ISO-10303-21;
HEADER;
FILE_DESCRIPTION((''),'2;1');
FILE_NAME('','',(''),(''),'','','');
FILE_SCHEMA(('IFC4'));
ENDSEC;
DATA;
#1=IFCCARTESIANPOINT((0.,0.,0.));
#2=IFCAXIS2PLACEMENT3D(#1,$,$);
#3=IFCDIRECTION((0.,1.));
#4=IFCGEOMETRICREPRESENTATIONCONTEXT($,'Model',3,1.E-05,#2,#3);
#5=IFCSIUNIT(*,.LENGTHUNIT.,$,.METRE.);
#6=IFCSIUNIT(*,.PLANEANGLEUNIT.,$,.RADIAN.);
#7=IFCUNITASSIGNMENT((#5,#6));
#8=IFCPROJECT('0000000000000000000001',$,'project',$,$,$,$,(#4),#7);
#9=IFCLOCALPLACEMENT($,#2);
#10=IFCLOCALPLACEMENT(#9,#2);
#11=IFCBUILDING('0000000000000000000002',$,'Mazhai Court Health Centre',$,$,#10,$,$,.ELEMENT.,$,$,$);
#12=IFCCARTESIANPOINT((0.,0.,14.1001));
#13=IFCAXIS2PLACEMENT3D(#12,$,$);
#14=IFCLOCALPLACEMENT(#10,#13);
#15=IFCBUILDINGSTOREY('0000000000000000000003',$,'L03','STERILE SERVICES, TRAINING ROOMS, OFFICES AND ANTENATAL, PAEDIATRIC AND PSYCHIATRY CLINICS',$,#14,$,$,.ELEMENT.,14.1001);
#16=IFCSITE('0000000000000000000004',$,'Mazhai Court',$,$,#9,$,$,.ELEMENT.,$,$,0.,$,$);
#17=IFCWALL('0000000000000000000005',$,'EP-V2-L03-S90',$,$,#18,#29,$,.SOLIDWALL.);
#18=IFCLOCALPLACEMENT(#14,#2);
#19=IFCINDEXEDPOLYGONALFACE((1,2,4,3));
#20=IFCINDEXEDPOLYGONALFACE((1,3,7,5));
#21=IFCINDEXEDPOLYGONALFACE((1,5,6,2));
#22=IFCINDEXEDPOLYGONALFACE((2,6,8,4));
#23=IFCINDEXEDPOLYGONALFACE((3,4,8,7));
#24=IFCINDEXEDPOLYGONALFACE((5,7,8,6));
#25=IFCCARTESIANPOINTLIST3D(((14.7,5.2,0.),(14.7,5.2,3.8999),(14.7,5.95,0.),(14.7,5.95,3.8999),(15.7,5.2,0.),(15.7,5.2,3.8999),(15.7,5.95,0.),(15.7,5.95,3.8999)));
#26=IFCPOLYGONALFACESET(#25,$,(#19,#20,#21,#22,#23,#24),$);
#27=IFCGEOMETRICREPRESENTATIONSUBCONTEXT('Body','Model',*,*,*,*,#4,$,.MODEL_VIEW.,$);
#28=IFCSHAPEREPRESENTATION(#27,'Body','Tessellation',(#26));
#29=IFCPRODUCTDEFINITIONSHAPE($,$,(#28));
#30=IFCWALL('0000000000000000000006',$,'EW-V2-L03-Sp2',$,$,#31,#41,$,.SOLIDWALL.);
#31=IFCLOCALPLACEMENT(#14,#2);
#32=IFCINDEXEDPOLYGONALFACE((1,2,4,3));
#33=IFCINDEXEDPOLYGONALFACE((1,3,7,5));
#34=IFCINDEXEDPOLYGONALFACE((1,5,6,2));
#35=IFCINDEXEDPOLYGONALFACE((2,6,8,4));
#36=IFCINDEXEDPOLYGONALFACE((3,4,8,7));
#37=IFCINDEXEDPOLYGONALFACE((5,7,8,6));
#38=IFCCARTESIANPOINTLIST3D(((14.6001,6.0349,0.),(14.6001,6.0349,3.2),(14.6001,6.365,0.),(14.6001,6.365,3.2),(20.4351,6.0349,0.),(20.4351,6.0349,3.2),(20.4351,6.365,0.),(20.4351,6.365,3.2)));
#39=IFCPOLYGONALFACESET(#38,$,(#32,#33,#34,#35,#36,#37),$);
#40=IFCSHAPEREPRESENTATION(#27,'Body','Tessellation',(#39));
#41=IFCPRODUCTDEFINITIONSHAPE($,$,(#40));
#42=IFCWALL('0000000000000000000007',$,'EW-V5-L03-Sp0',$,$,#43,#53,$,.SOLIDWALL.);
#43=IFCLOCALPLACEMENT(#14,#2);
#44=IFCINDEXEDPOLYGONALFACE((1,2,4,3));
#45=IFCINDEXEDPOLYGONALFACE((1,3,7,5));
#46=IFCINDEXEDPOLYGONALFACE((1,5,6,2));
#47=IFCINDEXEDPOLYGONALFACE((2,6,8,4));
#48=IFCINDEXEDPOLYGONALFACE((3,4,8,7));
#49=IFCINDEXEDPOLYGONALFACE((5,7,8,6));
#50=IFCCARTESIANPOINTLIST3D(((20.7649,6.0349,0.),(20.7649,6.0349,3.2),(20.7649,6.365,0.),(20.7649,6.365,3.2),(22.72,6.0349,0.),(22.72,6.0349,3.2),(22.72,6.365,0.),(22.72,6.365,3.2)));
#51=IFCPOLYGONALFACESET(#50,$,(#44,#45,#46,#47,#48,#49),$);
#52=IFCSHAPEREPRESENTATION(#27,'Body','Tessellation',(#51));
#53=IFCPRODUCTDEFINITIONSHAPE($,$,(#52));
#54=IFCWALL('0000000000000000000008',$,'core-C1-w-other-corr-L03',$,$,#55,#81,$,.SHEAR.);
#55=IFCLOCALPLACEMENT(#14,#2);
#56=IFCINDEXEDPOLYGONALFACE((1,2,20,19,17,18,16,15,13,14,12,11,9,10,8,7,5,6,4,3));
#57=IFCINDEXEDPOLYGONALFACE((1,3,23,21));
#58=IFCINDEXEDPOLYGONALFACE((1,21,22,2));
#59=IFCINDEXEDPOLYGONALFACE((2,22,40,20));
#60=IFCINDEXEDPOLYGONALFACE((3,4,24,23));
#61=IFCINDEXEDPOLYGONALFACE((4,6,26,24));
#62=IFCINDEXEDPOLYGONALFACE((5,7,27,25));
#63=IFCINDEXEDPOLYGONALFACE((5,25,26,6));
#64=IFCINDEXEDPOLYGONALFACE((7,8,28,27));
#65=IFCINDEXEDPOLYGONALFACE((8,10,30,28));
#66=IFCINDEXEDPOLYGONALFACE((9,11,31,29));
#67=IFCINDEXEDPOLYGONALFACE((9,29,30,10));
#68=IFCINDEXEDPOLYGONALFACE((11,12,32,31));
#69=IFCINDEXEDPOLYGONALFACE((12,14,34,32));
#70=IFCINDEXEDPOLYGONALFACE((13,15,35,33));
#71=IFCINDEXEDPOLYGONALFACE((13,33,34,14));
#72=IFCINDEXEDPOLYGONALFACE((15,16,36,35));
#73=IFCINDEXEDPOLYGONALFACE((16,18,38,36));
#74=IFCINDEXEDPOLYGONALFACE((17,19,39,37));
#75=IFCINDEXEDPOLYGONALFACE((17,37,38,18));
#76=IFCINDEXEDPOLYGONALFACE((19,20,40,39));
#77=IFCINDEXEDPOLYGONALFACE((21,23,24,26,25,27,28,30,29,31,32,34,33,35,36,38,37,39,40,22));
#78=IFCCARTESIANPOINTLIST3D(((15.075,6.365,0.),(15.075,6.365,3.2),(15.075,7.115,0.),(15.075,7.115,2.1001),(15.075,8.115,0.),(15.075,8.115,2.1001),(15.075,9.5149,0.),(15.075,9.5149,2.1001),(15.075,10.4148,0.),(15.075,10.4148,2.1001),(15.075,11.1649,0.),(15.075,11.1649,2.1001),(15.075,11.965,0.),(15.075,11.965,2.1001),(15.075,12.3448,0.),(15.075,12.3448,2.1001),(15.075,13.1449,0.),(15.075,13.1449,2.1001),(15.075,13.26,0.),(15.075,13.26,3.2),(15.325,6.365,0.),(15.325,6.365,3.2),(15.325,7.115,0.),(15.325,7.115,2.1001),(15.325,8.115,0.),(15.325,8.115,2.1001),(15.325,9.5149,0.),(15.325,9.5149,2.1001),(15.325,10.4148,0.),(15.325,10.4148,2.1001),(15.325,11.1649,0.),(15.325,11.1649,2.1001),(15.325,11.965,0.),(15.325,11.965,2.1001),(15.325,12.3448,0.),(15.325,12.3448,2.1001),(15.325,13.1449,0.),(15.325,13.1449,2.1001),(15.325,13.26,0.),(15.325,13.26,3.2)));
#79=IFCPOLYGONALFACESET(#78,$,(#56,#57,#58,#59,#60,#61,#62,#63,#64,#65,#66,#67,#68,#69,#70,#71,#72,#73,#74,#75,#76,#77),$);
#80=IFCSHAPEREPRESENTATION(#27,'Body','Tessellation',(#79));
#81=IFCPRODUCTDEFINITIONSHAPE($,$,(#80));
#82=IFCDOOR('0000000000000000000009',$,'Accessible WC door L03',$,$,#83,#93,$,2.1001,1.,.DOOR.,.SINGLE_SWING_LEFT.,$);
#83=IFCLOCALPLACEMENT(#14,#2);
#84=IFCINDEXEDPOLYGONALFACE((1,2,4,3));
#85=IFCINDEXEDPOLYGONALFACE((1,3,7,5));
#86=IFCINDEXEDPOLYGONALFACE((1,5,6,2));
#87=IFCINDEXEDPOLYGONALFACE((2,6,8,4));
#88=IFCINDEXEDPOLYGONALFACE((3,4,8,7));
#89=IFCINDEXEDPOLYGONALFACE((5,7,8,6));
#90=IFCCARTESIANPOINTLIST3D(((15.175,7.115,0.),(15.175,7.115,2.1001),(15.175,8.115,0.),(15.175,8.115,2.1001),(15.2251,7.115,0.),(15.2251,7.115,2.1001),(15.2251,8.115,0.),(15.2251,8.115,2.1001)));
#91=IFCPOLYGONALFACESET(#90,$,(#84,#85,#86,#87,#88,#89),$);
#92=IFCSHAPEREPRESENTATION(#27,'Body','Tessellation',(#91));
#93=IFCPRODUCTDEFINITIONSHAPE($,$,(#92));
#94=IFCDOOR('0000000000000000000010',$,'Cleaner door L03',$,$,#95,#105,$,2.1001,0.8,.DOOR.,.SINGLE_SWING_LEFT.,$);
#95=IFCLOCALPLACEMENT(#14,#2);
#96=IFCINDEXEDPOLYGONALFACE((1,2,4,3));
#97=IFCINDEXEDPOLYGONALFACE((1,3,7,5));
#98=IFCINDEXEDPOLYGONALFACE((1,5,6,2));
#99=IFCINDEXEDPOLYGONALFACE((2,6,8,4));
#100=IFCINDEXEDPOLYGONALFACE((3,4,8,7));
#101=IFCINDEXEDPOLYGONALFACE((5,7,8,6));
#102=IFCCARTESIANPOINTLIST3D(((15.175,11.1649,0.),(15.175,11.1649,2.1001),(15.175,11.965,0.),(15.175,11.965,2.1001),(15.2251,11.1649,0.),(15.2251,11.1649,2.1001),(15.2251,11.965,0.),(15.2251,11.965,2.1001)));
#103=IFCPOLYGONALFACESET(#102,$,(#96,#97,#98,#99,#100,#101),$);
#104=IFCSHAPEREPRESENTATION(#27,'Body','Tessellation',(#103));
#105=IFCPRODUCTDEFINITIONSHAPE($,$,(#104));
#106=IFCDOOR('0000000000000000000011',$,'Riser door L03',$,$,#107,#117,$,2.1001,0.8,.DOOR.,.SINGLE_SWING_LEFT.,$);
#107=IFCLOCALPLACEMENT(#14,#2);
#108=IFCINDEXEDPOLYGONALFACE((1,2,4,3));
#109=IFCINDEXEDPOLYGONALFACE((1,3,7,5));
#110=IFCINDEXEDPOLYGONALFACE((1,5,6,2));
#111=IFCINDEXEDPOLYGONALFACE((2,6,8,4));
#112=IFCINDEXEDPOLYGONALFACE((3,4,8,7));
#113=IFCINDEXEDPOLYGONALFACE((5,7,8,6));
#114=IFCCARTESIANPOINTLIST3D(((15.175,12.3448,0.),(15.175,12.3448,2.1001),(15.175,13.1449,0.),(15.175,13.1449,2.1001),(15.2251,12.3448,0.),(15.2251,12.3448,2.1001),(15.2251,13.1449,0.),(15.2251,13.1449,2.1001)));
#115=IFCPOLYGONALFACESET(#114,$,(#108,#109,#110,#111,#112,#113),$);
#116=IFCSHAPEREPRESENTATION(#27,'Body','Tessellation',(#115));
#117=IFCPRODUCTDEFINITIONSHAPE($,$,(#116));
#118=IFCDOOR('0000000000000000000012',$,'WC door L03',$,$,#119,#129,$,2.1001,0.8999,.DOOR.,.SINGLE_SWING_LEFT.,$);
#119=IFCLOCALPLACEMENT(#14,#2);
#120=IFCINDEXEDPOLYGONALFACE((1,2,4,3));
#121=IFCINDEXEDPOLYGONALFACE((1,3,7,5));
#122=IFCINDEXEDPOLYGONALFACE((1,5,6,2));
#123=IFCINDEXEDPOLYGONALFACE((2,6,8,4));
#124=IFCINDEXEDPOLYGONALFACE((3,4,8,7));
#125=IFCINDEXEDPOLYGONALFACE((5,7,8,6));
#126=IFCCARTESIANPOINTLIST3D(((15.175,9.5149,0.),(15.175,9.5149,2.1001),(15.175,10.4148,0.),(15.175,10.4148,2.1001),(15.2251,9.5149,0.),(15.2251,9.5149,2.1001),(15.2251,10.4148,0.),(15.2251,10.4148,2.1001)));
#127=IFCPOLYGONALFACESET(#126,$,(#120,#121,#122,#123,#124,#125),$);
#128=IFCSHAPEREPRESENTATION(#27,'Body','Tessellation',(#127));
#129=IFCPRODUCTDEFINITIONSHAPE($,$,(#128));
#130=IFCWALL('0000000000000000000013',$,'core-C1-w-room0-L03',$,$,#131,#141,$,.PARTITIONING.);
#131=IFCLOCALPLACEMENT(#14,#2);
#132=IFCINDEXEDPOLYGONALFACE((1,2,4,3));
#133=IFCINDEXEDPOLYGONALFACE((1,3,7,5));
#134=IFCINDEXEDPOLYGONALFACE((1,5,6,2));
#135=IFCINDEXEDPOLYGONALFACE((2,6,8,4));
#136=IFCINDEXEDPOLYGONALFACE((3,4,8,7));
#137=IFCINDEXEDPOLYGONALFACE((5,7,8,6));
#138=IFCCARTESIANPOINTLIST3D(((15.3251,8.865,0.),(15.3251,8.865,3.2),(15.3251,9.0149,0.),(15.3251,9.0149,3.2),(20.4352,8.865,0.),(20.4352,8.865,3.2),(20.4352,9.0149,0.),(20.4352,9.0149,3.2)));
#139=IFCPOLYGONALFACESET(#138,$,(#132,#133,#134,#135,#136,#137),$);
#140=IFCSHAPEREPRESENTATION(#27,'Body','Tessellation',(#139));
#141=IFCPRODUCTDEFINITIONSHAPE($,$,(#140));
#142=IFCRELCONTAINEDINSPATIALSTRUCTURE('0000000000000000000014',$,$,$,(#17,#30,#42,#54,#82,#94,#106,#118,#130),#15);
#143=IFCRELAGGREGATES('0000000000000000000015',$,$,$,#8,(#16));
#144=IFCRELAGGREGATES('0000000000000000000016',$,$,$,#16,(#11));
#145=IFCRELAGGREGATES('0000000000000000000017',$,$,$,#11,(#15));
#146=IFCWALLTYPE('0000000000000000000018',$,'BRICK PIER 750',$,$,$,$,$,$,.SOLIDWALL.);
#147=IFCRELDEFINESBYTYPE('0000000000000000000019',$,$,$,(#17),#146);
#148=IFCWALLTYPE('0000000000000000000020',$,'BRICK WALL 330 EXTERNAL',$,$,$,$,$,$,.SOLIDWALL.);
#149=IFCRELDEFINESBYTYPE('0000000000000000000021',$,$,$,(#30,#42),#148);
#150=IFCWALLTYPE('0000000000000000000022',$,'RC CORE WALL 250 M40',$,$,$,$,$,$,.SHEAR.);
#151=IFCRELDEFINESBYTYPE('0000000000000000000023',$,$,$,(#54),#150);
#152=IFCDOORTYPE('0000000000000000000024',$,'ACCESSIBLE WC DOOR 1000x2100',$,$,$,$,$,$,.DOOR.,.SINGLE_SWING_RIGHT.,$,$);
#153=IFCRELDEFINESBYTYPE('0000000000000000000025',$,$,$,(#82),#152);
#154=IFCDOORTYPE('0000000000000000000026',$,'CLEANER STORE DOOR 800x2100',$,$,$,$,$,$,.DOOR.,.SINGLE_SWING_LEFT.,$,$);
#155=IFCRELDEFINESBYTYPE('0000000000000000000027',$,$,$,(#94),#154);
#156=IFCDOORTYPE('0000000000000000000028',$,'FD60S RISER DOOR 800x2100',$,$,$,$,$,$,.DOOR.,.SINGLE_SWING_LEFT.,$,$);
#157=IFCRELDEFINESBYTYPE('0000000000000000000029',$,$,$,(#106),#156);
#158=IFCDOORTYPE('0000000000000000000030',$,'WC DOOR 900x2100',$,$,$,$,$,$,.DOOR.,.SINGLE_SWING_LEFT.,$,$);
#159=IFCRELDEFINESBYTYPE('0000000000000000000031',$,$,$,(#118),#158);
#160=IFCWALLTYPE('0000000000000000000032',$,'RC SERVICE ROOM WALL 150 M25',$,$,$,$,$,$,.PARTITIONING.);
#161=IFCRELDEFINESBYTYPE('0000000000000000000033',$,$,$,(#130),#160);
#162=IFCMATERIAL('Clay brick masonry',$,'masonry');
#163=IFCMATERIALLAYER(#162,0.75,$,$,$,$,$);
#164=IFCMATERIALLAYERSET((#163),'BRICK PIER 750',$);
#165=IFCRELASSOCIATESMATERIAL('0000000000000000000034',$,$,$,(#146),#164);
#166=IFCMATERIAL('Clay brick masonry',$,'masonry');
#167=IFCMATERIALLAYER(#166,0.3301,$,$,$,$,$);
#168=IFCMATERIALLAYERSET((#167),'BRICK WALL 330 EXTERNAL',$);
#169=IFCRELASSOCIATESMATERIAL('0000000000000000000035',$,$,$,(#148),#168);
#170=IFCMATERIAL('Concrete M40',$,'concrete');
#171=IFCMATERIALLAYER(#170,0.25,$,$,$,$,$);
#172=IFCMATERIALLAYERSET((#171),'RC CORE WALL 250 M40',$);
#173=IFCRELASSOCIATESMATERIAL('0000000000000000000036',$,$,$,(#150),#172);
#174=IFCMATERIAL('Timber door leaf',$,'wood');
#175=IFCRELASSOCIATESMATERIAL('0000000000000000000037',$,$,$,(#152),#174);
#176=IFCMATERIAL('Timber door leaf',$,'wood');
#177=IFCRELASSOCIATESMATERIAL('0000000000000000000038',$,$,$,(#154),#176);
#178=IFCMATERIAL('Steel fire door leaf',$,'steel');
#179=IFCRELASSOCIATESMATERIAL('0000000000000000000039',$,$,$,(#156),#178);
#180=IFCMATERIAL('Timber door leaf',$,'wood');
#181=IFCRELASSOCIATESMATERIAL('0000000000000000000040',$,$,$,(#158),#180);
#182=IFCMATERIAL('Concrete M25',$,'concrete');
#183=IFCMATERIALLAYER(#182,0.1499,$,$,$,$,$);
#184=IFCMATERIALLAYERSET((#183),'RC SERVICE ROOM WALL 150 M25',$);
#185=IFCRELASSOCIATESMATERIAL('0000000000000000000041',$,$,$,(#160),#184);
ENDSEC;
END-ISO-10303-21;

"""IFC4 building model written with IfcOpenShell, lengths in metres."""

from ifc_helpers import new_model, si_unit, direction, frame, frame_2d, origin, place, context, subcontext, project, spatial, rectangle, extrude, material, layer, layer_set, type_object, element, fill, save


model = new_model("IFC4")

# Units and contexts
model_context = context("Model", 3, precision=1e-05, world=origin(), true_north=direction((0.0, 1.0)))
body_context = subcontext(model_context, "Body", "Model", "MODEL_VIEW")
ifc_project = project(units=[si_unit("LENGTHUNIT", "METRE"), si_unit("PLANEANGLEUNIT", "RADIAN")], contexts=[model_context])

# Site, building, storey
site_placement = place(None, origin())
site = spatial("IfcSite", under=ifc_project, at=site_placement, Name="Mazhai Court", CompositionType="ELEMENT", RefElevation=0.0)
building_placement = place(site_placement, origin())
building = spatial("IfcBuilding", under=site, at=building_placement, Name="Mazhai Court Health Centre", CompositionType="ELEMENT")
storey_placement = place(building_placement, frame((0.0, 0.0, 14.1001)))
storey = spatial("IfcBuildingStorey", under=building, at=storey_placement, Name="L03", Description="STERILE SERVICES, TRAINING ROOMS, OFFICES AND ANTENATAL, PAEDIATRIC AND PSYCHIATRY CLINICS", CompositionType="ELEMENT", Elevation=14.1001)

# Walls
ifc_material_1 = material(Name="Clay brick masonry", Category="masonry")
ifc_layer_1 = layer(ifc_material_1, 0.75)
ifc_layer_set_1 = layer_set([ifc_layer_1], Name="BRICK PIER 750")
wall_type_1 = type_object("IfcWallType", Name="BRICK PIER 750", PredefinedType="SOLIDWALL", material=ifc_layer_set_1)
wall_1_placement = place(storey_placement, frame((15.7, 5.575, 0.0), z_axis=(0.0, 0.0, 1.0), x_axis=(-1.0, 0.0, 0.0)))
element("IfcWall", 1, at=wall_1_placement, inside=storey, type_object=wall_type_1, Name="EP-V2-L03-S90", PredefinedType="SOLIDWALL", context=body_context, shape_type="SweptSolid", body=[
    extrude(rectangle(XDim=1.0, YDim=0.75, at=frame_2d((0.5, 0.0))), origin(), (0.0, 0.0, 1.0), 3.8999),
])
ifc_material_2 = material(Name="Clay brick masonry", Category="masonry")
ifc_layer_2 = layer(ifc_material_2, 0.3301)
ifc_layer_set_2 = layer_set([ifc_layer_2], Name="BRICK WALL 330 EXTERNAL")
wall_type_2 = type_object("IfcWallType", Name="BRICK WALL 330 EXTERNAL", PredefinedType="SOLIDWALL", material=ifc_layer_set_2)
wall_2_placement = place(storey_placement, frame((20.4351, 6.2, 0.0), z_axis=(0.0, 0.0, 1.0), x_axis=(-1.0, 0.0, 0.0)))
element("IfcWall", 2, at=wall_2_placement, inside=storey, type_object=wall_type_2, Name="EW-V2-L03-Sp2", PredefinedType="SOLIDWALL", context=body_context, shape_type="SweptSolid", body=[
    extrude(rectangle(XDim=5.835, YDim=0.3301, at=frame_2d((2.9175, 0.0))), origin(), (0.0, 0.0, 1.0), 3.2),
])
wall_3_placement = place(storey_placement, frame((22.72, 6.2, 0.0), z_axis=(0.0, 0.0, 1.0), x_axis=(-1.0, 0.0, 0.0)))
element("IfcWall", 3, at=wall_3_placement, inside=storey, type_object=wall_type_2, Name="EW-V5-L03-Sp0", PredefinedType="SOLIDWALL", context=body_context, shape_type="SweptSolid", body=[
    extrude(rectangle(XDim=1.9551, YDim=0.3301, at=frame_2d((0.9775, 0.0))), origin(), (0.0, 0.0, 1.0), 3.2),
])

# Wall, openings, doors
ifc_material_3 = material(Name="Concrete M40", Category="concrete")
ifc_layer_3 = layer(ifc_material_3, 0.25)
ifc_layer_set_3 = layer_set([ifc_layer_3], Name="RC CORE WALL 250 M40")
wall_type_3 = type_object("IfcWallType", Name="RC CORE WALL 250 M40", PredefinedType="SHEAR", material=ifc_layer_set_3)
wall_4_placement = place(storey_placement, frame((15.2, 6.365, 0.0), z_axis=(0.0, 0.0, 1.0), x_axis=(0.0, 1.0, 0.0)))
wall_4 = element("IfcWall", 4, at=wall_4_placement, inside=storey, type_object=wall_type_3, Name="core-C1-w-other-corr-L03", PredefinedType="SHEAR", context=body_context, shape_type="SweptSolid", body=[
    extrude(rectangle(XDim=6.895, YDim=0.25, at=frame_2d((3.4475, 0.0))), origin(), (0.0, 0.0, 1.0), 3.2),
])
opening_1_placement = place(wall_4_placement, frame((0.75, 0.0, 0.0)))
opening_1 = element("IfcOpeningElement", 5, at=opening_1_placement, cuts=wall_4, PredefinedType="OPENING", context=body_context, shape_type="SweptSolid", body=[
    extrude(rectangle(XDim=1.0, YDim=2.1001, at=frame_2d((0.5, 1.05))), frame((0.0, 0.135, 0.0), z_axis=(0.0, -1.0, 0.0), x_axis=(1.0, 0.0, 0.0)), (0.0, 0.0, 1.0), 0.27),
])
opening_2_placement = place(wall_4_placement, frame((3.1499, 0.0, 0.0)))
opening_2 = element("IfcOpeningElement", 6, at=opening_2_placement, cuts=wall_4, PredefinedType="OPENING", context=body_context, shape_type="SweptSolid", body=[
    extrude(rectangle(XDim=0.8999, YDim=2.1001, at=frame_2d((0.45, 1.05))), frame((0.0, 0.135, 0.0), z_axis=(0.0, -1.0, 0.0), x_axis=(1.0, 0.0, 0.0)), (0.0, 0.0, 1.0), 0.27),
])
opening_3_placement = place(wall_4_placement, frame((4.8, 0.0, 0.0)))
opening_3 = element("IfcOpeningElement", 7, at=opening_3_placement, cuts=wall_4, PredefinedType="OPENING", context=body_context, shape_type="SweptSolid", body=[
    extrude(rectangle(XDim=0.8, YDim=2.1001, at=frame_2d((0.3999, 1.05))), frame((0.0, 0.135, 0.0), z_axis=(0.0, -1.0, 0.0), x_axis=(1.0, 0.0, 0.0)), (0.0, 0.0, 1.0), 0.27),
])
opening_4_placement = place(wall_4_placement, frame((5.98, 0.0, 0.0)))
opening_4 = element("IfcOpeningElement", 8, at=opening_4_placement, cuts=wall_4, PredefinedType="OPENING", context=body_context, shape_type="SweptSolid", body=[
    extrude(rectangle(XDim=0.8, YDim=2.1001, at=frame_2d((0.3999, 1.05))), frame((0.0, 0.135, 0.0), z_axis=(0.0, -1.0, 0.0), x_axis=(1.0, 0.0, 0.0)), (0.0, 0.0, 1.0), 0.27),
])
ifc_material_4 = material(Name="Timber door leaf", Category="wood")
door_type_1 = type_object("IfcDoorType", Name="ACCESSIBLE WC DOOR 1000x2100", OperationType="SINGLE_SWING_RIGHT", PredefinedType="DOOR", material=ifc_material_4)
door_1_placement = place(opening_1_placement, origin())
door_1 = element("IfcDoor", 9, at=door_1_placement, inside=storey, type_object=door_type_1, Name="Accessible WC door L03", OperationType="SINGLE_SWING_LEFT", OverallHeight=2.1001, OverallWidth=1.0, PredefinedType="DOOR", context=body_context, shape_type="SweptSolid", body=[
    extrude(rectangle(XDim=1.0, YDim=2.1001, at=frame_2d((0.5, 1.05))), frame((0.0, 0.0249, 0.0), z_axis=(0.0, -1.0, 0.0), x_axis=(1.0, 0.0, 0.0)), (0.0, 0.0, 1.0), 0.05),
])
fill(opening_1, door_1)
ifc_material_5 = material(Name="Timber door leaf", Category="wood")
door_type_2 = type_object("IfcDoorType", Name="CLEANER STORE DOOR 800x2100", OperationType="SINGLE_SWING_LEFT", PredefinedType="DOOR", material=ifc_material_5)
door_2_placement = place(opening_3_placement, origin())
door_2 = element("IfcDoor", 10, at=door_2_placement, inside=storey, type_object=door_type_2, Name="Cleaner door L03", OperationType="SINGLE_SWING_LEFT", OverallHeight=2.1001, OverallWidth=0.8, PredefinedType="DOOR", context=body_context, shape_type="SweptSolid", body=[
    extrude(rectangle(XDim=0.8, YDim=2.1001, at=frame_2d((0.3999, 1.05))), frame((0.0, 0.0249, 0.0), z_axis=(0.0, -1.0, 0.0), x_axis=(1.0, 0.0, 0.0)), (0.0, 0.0, 1.0), 0.05),
])
fill(opening_3, door_2)
ifc_material_6 = material(Name="Steel fire door leaf", Category="steel")
door_type_3 = type_object("IfcDoorType", Name="FD60S RISER DOOR 800x2100", OperationType="SINGLE_SWING_LEFT", PredefinedType="DOOR", material=ifc_material_6)
door_3_placement = place(opening_4_placement, origin())
door_3 = element("IfcDoor", 11, at=door_3_placement, inside=storey, type_object=door_type_3, Name="Riser door L03", OperationType="SINGLE_SWING_LEFT", OverallHeight=2.1001, OverallWidth=0.8, PredefinedType="DOOR", context=body_context, shape_type="SweptSolid", body=[
    extrude(rectangle(XDim=0.8, YDim=2.1001, at=frame_2d((0.3999, 1.05))), frame((0.0, 0.0249, 0.0), z_axis=(0.0, -1.0, 0.0), x_axis=(1.0, 0.0, 0.0)), (0.0, 0.0, 1.0), 0.05),
])
fill(opening_4, door_3)
ifc_material_7 = material(Name="Timber door leaf", Category="wood")
door_type_4 = type_object("IfcDoorType", Name="WC DOOR 900x2100", OperationType="SINGLE_SWING_LEFT", PredefinedType="DOOR", material=ifc_material_7)
door_4_placement = place(opening_2_placement, origin())
door_4 = element("IfcDoor", 12, at=door_4_placement, inside=storey, type_object=door_type_4, Name="WC door L03", OperationType="SINGLE_SWING_LEFT", OverallHeight=2.1001, OverallWidth=0.8999, PredefinedType="DOOR", context=body_context, shape_type="SweptSolid", body=[
    extrude(rectangle(XDim=0.8999, YDim=2.1001, at=frame_2d((0.45, 1.05))), frame((0.0, 0.0249, 0.0), z_axis=(0.0, -1.0, 0.0), x_axis=(1.0, 0.0, 0.0)), (0.0, 0.0, 1.0), 0.05),
])
fill(opening_2, door_4)

# Wall
ifc_material_8 = material(Name="Concrete M25", Category="concrete")
ifc_layer_4 = layer(ifc_material_8, 0.1499)
ifc_layer_set_4 = layer_set([ifc_layer_4], Name="RC SERVICE ROOM WALL 150 M25")
wall_type_4 = type_object("IfcWallType", Name="RC SERVICE ROOM WALL 150 M25", PredefinedType="PARTITIONING", material=ifc_layer_set_4)
wall_5_placement = place(storey_placement, frame((15.325, 8.9399, 0.0), z_axis=(0.0, 0.0, 1.0), x_axis=(1.0, 0.0, 0.0)))
element("IfcWall", 13, at=wall_5_placement, inside=storey, type_object=wall_type_4, Name="core-C1-w-room0-L03", PredefinedType="PARTITIONING", context=body_context, shape_type="SweptSolid", body=[
    extrude(rectangle(XDim=5.1101, YDim=0.1499, at=frame_2d((2.5552, 0.0))), origin(), (0.0, 0.0, 1.0), 3.2),
])

save(model, "model.ifc")
